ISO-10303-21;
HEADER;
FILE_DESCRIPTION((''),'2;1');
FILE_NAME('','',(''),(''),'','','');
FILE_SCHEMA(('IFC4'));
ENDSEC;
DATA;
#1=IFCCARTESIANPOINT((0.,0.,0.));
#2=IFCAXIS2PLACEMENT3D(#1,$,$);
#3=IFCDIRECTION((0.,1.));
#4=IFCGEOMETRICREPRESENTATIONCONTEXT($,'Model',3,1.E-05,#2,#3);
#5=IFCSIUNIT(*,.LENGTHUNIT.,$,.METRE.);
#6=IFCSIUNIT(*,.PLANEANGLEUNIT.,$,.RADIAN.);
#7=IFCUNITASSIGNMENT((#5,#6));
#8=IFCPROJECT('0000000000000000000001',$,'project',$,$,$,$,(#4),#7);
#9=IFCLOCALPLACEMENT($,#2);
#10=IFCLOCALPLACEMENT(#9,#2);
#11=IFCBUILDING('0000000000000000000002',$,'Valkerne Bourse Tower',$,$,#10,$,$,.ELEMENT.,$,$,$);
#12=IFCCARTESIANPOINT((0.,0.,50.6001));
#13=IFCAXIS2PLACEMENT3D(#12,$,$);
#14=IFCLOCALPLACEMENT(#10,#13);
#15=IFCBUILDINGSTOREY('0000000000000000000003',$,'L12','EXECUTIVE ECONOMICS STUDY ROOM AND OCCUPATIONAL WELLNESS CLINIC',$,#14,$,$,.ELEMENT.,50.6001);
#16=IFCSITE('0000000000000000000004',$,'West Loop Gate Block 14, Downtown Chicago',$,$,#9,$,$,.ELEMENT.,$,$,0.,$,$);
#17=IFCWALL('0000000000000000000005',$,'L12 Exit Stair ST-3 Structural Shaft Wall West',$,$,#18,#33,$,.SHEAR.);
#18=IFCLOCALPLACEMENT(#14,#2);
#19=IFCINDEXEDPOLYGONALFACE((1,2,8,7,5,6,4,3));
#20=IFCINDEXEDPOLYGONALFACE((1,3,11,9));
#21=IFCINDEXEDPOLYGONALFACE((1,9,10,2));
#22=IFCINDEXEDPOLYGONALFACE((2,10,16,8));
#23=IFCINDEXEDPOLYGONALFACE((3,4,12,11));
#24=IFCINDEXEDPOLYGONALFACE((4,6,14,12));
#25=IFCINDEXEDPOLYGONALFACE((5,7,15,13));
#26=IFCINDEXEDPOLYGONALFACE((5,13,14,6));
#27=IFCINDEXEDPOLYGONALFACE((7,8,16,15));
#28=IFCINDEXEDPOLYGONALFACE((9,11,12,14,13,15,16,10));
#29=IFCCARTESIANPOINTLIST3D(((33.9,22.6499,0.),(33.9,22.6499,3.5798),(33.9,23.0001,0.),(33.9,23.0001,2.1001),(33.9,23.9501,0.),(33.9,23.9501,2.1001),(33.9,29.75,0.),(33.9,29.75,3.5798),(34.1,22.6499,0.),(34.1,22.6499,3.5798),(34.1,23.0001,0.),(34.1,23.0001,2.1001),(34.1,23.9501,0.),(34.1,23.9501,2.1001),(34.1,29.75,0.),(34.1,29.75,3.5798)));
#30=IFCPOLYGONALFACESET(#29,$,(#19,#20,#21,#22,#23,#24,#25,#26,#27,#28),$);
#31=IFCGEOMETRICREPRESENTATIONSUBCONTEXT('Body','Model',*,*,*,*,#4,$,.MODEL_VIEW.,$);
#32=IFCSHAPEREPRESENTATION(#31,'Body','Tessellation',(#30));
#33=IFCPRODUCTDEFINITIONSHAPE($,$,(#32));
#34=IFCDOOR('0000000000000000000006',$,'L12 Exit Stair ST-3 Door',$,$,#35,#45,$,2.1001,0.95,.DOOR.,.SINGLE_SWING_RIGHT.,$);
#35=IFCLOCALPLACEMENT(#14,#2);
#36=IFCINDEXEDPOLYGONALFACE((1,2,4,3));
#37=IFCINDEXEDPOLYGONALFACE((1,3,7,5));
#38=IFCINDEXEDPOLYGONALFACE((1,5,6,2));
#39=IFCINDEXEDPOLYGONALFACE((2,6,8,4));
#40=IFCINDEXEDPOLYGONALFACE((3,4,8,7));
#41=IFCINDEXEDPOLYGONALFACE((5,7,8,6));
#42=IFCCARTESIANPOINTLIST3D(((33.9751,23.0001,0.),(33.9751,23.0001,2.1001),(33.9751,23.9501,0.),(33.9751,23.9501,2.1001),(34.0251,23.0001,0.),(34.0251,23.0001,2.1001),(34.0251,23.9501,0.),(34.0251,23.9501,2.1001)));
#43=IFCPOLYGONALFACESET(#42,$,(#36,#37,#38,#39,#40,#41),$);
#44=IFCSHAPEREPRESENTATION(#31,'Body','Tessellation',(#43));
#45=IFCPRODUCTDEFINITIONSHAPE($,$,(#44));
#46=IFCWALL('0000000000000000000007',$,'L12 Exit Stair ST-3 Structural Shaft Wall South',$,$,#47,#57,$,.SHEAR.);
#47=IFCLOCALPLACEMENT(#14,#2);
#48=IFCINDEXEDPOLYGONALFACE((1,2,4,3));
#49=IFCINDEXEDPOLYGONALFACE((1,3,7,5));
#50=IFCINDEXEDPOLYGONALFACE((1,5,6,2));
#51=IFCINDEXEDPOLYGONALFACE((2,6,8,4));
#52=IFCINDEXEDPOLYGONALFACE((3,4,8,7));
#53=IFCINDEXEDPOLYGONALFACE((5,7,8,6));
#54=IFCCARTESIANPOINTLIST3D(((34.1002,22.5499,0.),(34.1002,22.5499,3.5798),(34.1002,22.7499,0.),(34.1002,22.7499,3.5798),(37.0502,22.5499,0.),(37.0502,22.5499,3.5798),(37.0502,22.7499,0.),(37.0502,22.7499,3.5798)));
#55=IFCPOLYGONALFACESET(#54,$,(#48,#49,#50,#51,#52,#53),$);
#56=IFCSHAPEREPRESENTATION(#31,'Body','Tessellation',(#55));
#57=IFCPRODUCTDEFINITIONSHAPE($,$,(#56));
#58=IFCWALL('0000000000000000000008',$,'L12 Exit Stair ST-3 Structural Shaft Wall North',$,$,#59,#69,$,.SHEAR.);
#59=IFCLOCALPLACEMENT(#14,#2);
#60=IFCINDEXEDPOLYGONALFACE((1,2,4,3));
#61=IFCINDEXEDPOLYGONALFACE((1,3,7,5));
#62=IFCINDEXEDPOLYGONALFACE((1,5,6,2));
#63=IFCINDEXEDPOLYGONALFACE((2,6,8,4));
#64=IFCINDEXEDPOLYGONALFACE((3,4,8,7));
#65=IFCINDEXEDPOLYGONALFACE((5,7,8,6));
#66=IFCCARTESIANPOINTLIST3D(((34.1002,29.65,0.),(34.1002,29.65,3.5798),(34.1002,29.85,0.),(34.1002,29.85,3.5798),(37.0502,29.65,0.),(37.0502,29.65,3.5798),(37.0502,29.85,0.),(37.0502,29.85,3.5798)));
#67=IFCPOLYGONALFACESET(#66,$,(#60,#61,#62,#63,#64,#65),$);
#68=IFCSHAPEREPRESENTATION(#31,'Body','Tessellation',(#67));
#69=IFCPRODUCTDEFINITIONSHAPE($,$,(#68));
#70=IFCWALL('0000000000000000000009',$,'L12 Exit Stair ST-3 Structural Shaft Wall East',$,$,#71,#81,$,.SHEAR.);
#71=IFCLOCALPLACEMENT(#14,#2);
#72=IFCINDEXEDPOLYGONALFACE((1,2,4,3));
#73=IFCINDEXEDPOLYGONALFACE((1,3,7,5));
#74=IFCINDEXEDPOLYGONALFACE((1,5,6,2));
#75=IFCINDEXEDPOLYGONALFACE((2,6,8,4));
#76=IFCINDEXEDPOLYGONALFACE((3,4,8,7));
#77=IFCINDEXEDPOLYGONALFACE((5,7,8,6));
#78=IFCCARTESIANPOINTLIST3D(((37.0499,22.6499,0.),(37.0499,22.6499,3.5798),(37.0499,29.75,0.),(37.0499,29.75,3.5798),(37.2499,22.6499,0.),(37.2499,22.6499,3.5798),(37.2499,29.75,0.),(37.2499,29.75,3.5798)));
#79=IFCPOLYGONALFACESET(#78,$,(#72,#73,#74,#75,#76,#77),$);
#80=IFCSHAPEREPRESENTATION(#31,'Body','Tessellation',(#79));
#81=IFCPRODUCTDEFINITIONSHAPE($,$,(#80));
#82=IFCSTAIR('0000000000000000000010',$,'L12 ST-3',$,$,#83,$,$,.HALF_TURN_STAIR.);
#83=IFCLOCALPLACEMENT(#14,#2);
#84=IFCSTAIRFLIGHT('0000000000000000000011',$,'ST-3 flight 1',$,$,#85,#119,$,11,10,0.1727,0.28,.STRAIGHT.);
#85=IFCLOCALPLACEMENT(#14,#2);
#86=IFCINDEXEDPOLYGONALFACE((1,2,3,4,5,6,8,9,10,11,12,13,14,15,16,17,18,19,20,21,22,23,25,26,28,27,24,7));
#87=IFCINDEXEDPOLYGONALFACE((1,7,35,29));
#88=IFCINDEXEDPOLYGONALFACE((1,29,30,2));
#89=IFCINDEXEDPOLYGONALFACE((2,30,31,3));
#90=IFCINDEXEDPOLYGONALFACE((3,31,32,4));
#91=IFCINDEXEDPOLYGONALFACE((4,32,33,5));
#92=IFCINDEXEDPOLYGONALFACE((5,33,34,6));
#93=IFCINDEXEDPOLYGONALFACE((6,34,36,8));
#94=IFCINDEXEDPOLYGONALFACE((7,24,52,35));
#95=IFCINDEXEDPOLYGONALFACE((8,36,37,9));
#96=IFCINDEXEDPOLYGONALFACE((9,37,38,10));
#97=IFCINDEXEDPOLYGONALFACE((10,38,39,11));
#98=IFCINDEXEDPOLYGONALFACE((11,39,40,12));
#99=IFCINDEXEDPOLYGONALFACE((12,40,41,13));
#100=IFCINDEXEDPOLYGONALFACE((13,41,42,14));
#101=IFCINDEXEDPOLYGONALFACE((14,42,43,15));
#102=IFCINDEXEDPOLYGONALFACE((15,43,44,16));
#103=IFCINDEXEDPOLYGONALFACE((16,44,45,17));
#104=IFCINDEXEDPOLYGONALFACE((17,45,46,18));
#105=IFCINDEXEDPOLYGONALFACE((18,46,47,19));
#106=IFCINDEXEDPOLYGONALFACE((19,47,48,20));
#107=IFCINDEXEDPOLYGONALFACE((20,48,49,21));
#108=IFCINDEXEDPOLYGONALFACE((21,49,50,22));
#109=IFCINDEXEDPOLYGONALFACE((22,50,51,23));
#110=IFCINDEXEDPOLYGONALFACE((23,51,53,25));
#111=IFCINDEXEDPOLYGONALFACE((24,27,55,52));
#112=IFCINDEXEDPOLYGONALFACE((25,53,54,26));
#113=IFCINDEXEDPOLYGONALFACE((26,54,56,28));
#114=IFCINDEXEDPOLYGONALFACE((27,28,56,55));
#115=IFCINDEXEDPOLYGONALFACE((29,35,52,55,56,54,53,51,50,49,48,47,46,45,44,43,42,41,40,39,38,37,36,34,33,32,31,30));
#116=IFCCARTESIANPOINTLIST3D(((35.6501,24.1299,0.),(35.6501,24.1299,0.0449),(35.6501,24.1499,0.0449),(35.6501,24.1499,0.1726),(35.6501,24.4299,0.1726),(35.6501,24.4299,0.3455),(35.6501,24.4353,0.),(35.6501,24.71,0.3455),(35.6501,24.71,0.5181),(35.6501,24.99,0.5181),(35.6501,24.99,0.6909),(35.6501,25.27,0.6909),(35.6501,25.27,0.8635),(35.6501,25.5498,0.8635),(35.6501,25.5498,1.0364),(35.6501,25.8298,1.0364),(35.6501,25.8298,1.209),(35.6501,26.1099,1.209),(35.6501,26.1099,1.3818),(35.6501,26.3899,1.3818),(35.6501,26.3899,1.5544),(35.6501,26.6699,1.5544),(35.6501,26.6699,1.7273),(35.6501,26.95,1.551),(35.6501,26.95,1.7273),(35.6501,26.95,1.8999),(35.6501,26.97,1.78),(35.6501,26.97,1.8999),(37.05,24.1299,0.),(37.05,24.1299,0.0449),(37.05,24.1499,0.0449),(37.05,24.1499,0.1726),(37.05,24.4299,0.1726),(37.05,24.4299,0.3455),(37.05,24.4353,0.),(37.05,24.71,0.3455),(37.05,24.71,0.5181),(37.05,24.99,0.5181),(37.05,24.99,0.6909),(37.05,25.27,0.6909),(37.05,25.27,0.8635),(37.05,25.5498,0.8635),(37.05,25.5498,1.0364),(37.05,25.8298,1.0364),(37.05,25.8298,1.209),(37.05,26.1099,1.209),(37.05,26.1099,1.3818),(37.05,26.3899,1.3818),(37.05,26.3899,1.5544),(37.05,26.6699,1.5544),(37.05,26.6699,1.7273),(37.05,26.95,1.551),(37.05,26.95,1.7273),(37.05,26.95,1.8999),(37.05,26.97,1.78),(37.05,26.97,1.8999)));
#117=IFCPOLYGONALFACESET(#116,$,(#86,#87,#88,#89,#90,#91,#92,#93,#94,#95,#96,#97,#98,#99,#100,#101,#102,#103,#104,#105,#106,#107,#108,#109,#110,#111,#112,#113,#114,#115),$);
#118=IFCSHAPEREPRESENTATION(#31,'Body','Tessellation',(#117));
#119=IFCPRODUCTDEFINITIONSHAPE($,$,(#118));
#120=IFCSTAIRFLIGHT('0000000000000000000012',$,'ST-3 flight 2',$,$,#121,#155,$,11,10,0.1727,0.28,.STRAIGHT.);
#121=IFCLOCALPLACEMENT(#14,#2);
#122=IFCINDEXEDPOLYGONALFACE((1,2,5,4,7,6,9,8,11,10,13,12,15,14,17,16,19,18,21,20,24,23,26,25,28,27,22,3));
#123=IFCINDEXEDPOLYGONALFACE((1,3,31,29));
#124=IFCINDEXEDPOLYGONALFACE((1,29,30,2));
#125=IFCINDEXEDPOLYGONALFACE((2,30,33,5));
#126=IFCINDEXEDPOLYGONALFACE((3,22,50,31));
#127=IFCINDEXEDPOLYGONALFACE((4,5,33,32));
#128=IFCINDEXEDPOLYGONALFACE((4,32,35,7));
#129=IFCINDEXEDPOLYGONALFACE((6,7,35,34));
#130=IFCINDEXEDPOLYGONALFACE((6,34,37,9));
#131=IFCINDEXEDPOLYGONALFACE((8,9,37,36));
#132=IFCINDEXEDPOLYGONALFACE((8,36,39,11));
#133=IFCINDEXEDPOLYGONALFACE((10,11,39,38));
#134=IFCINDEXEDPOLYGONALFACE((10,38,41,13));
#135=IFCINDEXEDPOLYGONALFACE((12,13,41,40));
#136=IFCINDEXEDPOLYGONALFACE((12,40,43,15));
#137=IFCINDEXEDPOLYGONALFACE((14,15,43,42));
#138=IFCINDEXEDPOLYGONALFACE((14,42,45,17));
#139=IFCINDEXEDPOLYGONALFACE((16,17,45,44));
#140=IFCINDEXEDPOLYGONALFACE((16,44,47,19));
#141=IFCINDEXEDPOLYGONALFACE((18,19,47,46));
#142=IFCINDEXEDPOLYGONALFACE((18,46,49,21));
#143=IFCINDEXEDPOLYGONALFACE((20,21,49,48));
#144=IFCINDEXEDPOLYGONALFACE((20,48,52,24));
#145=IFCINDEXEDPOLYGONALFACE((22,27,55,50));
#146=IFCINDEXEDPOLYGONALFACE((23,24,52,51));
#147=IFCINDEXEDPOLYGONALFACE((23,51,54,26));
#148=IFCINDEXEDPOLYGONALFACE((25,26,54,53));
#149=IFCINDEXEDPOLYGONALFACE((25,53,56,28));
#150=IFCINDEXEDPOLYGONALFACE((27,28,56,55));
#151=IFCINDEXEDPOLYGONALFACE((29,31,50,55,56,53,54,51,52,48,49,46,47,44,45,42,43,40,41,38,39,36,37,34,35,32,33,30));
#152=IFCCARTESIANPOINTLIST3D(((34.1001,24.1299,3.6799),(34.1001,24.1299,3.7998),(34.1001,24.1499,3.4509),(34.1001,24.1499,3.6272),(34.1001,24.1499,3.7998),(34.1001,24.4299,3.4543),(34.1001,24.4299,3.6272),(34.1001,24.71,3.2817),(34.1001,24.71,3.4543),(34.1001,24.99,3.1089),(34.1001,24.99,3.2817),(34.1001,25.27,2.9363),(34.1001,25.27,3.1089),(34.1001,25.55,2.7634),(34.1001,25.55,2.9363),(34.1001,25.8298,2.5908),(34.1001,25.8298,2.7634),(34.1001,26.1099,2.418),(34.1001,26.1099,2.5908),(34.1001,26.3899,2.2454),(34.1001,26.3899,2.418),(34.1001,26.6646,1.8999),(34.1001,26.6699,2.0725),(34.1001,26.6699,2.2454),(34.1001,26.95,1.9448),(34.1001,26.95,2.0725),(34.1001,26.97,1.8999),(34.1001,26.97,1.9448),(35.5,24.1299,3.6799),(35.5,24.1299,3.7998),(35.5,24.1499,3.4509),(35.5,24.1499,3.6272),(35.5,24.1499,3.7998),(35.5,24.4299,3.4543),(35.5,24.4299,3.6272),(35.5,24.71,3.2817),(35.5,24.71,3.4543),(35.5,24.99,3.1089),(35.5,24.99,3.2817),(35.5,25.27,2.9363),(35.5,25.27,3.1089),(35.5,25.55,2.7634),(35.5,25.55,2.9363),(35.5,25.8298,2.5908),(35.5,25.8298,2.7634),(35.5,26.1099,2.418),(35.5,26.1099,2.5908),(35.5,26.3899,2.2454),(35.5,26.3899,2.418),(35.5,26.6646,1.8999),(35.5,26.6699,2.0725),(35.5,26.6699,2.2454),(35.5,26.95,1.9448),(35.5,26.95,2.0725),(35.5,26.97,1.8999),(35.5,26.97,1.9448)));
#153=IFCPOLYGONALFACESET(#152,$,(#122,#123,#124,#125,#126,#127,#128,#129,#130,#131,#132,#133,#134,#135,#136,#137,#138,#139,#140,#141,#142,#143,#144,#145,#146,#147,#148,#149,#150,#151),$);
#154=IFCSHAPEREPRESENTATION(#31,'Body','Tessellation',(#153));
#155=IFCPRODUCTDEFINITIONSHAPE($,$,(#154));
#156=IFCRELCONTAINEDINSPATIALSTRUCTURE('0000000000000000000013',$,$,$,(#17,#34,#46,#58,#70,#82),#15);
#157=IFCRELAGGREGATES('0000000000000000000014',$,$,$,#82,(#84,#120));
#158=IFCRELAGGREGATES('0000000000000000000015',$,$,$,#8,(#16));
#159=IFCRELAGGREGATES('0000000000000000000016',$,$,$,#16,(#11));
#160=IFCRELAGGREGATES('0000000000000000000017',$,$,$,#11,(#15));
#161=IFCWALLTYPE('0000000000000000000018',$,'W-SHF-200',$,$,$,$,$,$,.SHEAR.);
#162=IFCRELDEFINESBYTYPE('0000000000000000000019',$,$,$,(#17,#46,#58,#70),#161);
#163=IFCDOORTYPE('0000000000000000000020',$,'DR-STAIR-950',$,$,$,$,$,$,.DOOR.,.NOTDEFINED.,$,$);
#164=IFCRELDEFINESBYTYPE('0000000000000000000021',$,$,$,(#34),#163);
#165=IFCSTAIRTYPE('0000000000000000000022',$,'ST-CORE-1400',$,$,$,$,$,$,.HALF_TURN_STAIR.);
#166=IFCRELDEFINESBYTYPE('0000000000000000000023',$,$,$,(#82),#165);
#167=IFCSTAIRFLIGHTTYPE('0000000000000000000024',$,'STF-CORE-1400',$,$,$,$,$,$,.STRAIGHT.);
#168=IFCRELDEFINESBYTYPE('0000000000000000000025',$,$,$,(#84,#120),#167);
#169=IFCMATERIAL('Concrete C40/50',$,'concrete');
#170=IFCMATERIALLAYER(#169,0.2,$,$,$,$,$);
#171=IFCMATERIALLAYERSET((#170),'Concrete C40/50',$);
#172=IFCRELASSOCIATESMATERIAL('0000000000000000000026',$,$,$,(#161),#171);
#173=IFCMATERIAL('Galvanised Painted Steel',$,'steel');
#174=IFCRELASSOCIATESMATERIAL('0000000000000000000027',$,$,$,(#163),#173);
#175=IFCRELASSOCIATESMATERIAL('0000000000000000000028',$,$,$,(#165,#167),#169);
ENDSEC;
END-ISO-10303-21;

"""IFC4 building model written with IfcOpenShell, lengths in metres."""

from ifc_helpers import new_model, si_unit, direction, frame, frame_2d, origin, place, context, subcontext, project, spatial, polyline, rectangle, outline, extrude, material, layer, layer_set, type_object, element, fill, aggregate, save


model = new_model("IFC4")

# Units and contexts
model_context = context("Model", 3, precision=1e-05, world=origin(), true_north=direction((0.0, 1.0)))
body_context = subcontext(model_context, "Body", "Model", "MODEL_VIEW")
ifc_project = project(units=[si_unit("LENGTHUNIT", "METRE"), si_unit("PLANEANGLEUNIT", "RADIAN")], contexts=[model_context])

# Site, building, storey
site_placement = place(None, origin())
site = spatial("IfcSite", under=ifc_project, at=site_placement, Name="West Loop Gate Block 14, Downtown Chicago", CompositionType="ELEMENT", RefElevation=0.0)
building_placement = place(site_placement, origin())
building = spatial("IfcBuilding", under=site, at=building_placement, Name="Valkerne Bourse Tower", CompositionType="ELEMENT")
storey_placement = place(building_placement, frame((0.0, 0.0, 50.6001)))
storey = spatial("IfcBuildingStorey", under=building, at=storey_placement, Name="L12", Description="EXECUTIVE ECONOMICS STUDY ROOM AND OCCUPATIONAL WELLNESS CLINIC", CompositionType="ELEMENT", Elevation=50.6001)

# Shared definitions
ifc_material_1 = material(Name="Galvanised Painted Steel", Category="steel")

# Wall, opening, door
ifc_material_2 = material(Name="Concrete C40/50", Category="concrete")
ifc_layer_1 = layer(ifc_material_2, 0.2)
ifc_layer_set_1 = layer_set([ifc_layer_1], Name="Concrete C40/50")
wall_type_1 = type_object("IfcWallType", Name="W-SHF-200", PredefinedType="SHEAR", material=ifc_layer_set_1)
wall_1_placement = place(storey_placement, frame((34.0, 22.6499, 0.0), z_axis=(0.0, 0.0, 1.0), x_axis=(0.0, 1.0, 0.0)))
wall_1 = element("IfcWall", 1, at=wall_1_placement, inside=storey, type_object=wall_type_1, Name="L12 Exit Stair ST-3 Structural Shaft Wall West", PredefinedType="SHEAR", context=body_context, shape_type="SweptSolid", body=[
    extrude(rectangle(XDim=7.1001, YDim=0.2, at=frame_2d((3.55, 0.0))), origin(), (0.0, 0.0, 1.0), 3.5798),
])
opening_1_placement = place(wall_1_placement, frame((0.3501, 0.0, 0.0)))
opening_1 = element("IfcOpeningElement", 2, at=opening_1_placement, cuts=wall_1, PredefinedType="OPENING", context=body_context, shape_type="SweptSolid", body=[
    extrude(rectangle(XDim=0.95, YDim=2.1001, at=frame_2d((0.4751, 1.05))), frame((0.0, 0.1099, 0.0), z_axis=(0.0, -1.0, 0.0), x_axis=(1.0, 0.0, 0.0)), (0.0, 0.0, 1.0), 0.22),
])
door_type_1 = type_object("IfcDoorType", Name="DR-STAIR-950", OperationType="NOTDEFINED", PredefinedType="DOOR", material=ifc_material_1)
door_1_placement = place(opening_1_placement, origin())
door_1 = element("IfcDoor", 3, at=door_1_placement, inside=storey, type_object=door_type_1, Name="L12 Exit Stair ST-3 Door", OperationType="SINGLE_SWING_RIGHT", OverallHeight=2.1001, OverallWidth=0.95, PredefinedType="DOOR", context=body_context, shape_type="SweptSolid", body=[
    extrude(rectangle(XDim=0.95, YDim=2.1001, at=frame_2d((0.4751, 1.05))), frame((0.0, 0.0249, 0.0), z_axis=(0.0, -1.0, 0.0), x_axis=(1.0, 0.0, 0.0)), (0.0, 0.0, 1.0), 0.05),
])
fill(opening_1, door_1)

# Walls
for number, where, z_axis, x_axis, name in (
    (4, (34.1001, 22.6499, 0.0), (0.0, 0.0, 1.0), (1.0, 0.0, 0.0), "L12 Exit Stair ST-3 Structural Shaft Wall South"),
    (5, (34.1001, 29.75, 0.0), (0.0, 0.0, 1.0), (1.0, 0.0, 0.0), "L12 Exit Stair ST-3 Structural Shaft Wall North"),
):
    element("IfcWall", number, at=place(storey_placement, frame(where, z_axis=z_axis, x_axis=x_axis)), inside=storey, type_object=wall_type_1, Name=name, PredefinedType="SHEAR", context=body_context, shape_type="SweptSolid", body=[
        extrude(rectangle(XDim=2.95, YDim=0.2, at=frame_2d((1.4751, 0.0))), origin(), (0.0, 0.0, 1.0), 3.5798),
    ])
wall_2_placement = place(storey_placement, frame((37.1499, 22.6499, 0.0), z_axis=(0.0, 0.0, 1.0), x_axis=(0.0, 1.0, 0.0)))
element("IfcWall", 6, at=wall_2_placement, inside=storey, type_object=wall_type_1, Name="L12 Exit Stair ST-3 Structural Shaft Wall East", PredefinedType="SHEAR", context=body_context, shape_type="SweptSolid", body=[
    extrude(rectangle(XDim=7.1001, YDim=0.2, at=frame_2d((3.55, 0.0))), origin(), (0.0, 0.0, 1.0), 3.5798),
])

# Stair, stair flights
stair_type = type_object("IfcStairType", Name="ST-CORE-1400", PredefinedType="HALF_TURN_STAIR", material=ifc_material_2)
stair_placement = place(storey_placement, origin())
stair = element("IfcStair", 7, at=stair_placement, inside=storey, type_object=stair_type, Name="L12 ST-3", PredefinedType="HALF_TURN_STAIR")
stair_flight_type = type_object("IfcStairFlightType", Name="STF-CORE-1400", PredefinedType="STRAIGHT", material=ifc_material_2)
stair_flight_1_placement = place(storey_placement, frame((36.3501, 24.1499, 0.0), z_axis=(0.0, 0.0, 1.0), x_axis=(0.0, 1.0, 0.0)))
stair_flight_1 = element("IfcStairFlight", 8, at=stair_flight_1_placement, type_object=stair_flight_type, Name="ST-3 flight 1", NumberOfRisers=11, NumberOfTreads=10, PredefinedType="STRAIGHT", RiserHeight=0.1727, TreadLength=0.28, context=body_context, shape_type="SweptSolid", body=[
    extrude(outline(polyline([(-0.02, 0.0), (-0.02, 0.0449), (0.0, 0.0449), (0.0, 0.1726), (0.28, 0.1726), (0.28, 0.3455), (0.5601, 0.3455), (0.5601, 0.5181), (0.8401, 0.5181), (0.8401, 0.6909), (1.1201, 0.6909), (1.1201, 0.8635), (1.3999, 0.8635), (1.3999, 1.0364), (1.6799, 1.0364), (1.6799, 1.209), (1.96, 1.209), (1.96, 1.3818), (2.24, 1.3818), (2.24, 1.5544), (2.52, 1.5544), (2.52, 1.7273), (2.8, 1.7273), (2.8, 1.8999), (2.8201, 1.8999), (2.8201, 1.78), (2.8, 1.551), (0.2854, 0.0), (-0.02, 0.0)])), frame((0.0, 0.7, 0.0), z_axis=(0.0, -1.0, 0.0), x_axis=(1.0, 0.0, 0.0)), (0.0, 0.0, 1.0), 1.3999),
])
stair_flight_2_placement = place(storey_placement, frame((34.8, 26.95, 1.8999), z_axis=(0.0, 0.0, 1.0), x_axis=(0.0, -1.0, 0.0)))
stair_flight_2 = element("IfcStairFlight", 9, at=stair_flight_2_placement, type_object=stair_flight_type, Name="ST-3 flight 2", NumberOfRisers=11, NumberOfTreads=10, PredefinedType="STRAIGHT", RiserHeight=0.1727, TreadLength=0.28, context=body_context, shape_type="SweptSolid", body=[
    extrude(outline(polyline([(-0.02, 0.0), (-0.02, 0.0449), (0.0, 0.0449), (0.0, 0.1726), (0.28, 0.1726), (0.28, 0.3455), (0.5601, 0.3455), (0.5601, 0.5181), (0.8401, 0.5181), (0.8401, 0.6909), (1.1201, 0.6909), (1.1201, 0.8635), (1.3999, 0.8635), (1.3999, 1.0364), (1.6799, 1.0364), (1.6799, 1.209), (1.96, 1.209), (1.96, 1.3818), (2.24, 1.3818), (2.24, 1.5544), (2.52, 1.5544), (2.52, 1.7273), (2.8, 1.7273), (2.8, 1.8999), (2.8201, 1.8999), (2.8201, 1.78), (2.8, 1.551), (0.2854, 0.0), (-0.02, 0.0)])), frame((0.0, 0.7, 0.0), z_axis=(0.0, -1.0, 0.0), x_axis=(1.0, 0.0, 0.0)), (0.0, 0.0, 1.0), 1.3999),
])
aggregate(stair, [stair_flight_1, stair_flight_2])

save(model, "model.ifc")
